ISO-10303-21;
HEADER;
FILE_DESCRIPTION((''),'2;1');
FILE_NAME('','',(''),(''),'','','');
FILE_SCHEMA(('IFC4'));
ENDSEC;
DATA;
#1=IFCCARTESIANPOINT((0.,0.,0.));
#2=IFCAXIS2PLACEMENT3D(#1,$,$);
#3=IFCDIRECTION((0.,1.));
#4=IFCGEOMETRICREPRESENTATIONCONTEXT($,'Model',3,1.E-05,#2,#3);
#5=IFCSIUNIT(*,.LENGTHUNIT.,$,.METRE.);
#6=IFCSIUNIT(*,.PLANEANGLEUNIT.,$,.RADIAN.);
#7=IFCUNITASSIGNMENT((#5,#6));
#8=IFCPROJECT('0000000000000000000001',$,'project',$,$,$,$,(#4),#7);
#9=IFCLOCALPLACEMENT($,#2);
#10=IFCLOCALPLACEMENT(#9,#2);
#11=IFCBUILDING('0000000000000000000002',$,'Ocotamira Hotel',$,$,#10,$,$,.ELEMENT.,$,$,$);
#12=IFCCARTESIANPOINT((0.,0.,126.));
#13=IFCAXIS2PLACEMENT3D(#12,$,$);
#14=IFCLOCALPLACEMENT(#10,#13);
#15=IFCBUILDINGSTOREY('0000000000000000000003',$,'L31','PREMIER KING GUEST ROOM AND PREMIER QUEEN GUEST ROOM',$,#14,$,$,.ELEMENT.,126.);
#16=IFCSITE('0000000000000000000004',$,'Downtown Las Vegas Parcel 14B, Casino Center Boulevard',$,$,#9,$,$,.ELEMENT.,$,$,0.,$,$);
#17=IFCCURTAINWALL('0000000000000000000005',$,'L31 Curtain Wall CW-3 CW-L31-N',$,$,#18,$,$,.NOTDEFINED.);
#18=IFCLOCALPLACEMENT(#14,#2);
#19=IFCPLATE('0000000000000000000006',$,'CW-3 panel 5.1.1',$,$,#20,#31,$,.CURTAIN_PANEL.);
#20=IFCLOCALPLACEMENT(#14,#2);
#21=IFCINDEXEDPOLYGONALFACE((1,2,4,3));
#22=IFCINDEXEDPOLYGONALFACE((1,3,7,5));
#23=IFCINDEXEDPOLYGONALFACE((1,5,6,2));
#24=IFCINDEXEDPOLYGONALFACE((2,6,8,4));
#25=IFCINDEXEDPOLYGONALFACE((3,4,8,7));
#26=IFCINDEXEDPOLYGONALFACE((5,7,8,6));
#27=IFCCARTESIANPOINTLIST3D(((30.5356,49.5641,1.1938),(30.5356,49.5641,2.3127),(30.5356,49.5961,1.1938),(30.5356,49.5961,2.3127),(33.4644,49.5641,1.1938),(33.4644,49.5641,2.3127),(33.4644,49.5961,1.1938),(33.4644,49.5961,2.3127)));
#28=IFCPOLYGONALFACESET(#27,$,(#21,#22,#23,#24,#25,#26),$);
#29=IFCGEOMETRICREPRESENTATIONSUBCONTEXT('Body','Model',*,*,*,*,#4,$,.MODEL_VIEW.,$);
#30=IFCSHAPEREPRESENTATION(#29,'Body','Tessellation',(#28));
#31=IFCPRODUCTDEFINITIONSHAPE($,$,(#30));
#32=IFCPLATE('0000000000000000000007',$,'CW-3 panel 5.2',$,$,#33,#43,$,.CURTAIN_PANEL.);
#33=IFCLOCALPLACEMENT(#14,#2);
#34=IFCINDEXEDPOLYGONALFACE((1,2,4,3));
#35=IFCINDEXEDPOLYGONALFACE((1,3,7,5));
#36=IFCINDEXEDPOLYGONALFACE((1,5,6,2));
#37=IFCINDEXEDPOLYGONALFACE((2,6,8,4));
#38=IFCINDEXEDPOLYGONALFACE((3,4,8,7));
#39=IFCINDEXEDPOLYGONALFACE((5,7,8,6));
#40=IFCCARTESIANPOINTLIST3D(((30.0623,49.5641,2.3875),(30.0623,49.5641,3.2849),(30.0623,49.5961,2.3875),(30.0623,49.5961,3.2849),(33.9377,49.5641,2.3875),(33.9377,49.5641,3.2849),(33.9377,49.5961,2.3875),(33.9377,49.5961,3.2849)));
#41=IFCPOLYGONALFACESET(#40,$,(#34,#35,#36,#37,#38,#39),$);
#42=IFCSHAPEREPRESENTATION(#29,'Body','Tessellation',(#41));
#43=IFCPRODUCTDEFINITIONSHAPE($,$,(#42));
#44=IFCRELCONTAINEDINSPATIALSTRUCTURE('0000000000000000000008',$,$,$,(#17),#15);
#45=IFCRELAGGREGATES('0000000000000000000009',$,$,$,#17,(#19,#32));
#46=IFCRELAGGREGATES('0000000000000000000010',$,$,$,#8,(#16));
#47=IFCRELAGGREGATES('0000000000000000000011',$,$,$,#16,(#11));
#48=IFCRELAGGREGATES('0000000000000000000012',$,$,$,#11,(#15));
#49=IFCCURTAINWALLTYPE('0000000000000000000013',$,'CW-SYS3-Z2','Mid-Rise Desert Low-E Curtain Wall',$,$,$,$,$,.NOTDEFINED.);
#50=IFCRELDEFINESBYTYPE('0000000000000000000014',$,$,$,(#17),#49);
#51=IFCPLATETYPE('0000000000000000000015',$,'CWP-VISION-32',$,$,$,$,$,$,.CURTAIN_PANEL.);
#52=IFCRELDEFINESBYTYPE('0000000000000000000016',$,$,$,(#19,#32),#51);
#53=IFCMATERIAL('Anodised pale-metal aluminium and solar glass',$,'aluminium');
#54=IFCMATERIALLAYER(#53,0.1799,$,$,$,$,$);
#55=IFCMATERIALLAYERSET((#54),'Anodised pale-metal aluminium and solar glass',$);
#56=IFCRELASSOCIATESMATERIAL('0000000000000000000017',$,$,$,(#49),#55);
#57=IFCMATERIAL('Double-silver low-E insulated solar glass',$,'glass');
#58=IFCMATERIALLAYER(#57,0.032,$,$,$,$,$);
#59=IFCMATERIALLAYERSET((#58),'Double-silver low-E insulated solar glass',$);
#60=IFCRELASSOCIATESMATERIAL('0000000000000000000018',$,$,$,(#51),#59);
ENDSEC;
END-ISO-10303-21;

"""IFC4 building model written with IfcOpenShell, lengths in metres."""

from ifc_helpers import new_model, si_unit, direction, frame, origin, origin_2d, place, context, subcontext, project, spatial, rectangle, extrude, source, transform, mapped, material, layer, layer_set, type_object, element, aggregate, save


model = new_model("IFC4")

# Units and contexts
model_context = context("Model", 3, precision=1e-05, world=origin(), true_north=direction((0.0, 1.0)))
body_context = subcontext(model_context, "Body", "Model", "MODEL_VIEW")
ifc_project = project(units=[si_unit("LENGTHUNIT", "METRE"), si_unit("PLANEANGLEUNIT", "RADIAN")], contexts=[model_context])

# Site, building, storey
site_placement = place(None, origin())
site = spatial("IfcSite", under=ifc_project, at=site_placement, Name="Downtown Las Vegas Parcel 14B, Casino Center Boulevard", CompositionType="ELEMENT", RefElevation=0.0)
building_placement = place(site_placement, origin())
building = spatial("IfcBuilding", under=site, at=building_placement, Name="Ocotamira Hotel", CompositionType="ELEMENT")
storey_placement = place(building_placement, frame((0.0, 0.0, 126.0)))
storey = spatial("IfcBuildingStorey", under=building, at=storey_placement, Name="L31", Description="PREMIER KING GUEST ROOM AND PREMIER QUEEN GUEST ROOM", CompositionType="ELEMENT", Elevation=126.0)

# Curtain wall
ifc_material_1 = material(Name="Anodised pale-metal aluminium and solar glass", Category="aluminium")
ifc_layer_1 = layer(ifc_material_1, 0.1799)
ifc_layer_set_1 = layer_set([ifc_layer_1], Name="Anodised pale-metal aluminium and solar glass")
curtain_wall_type = type_object("IfcCurtainWallType", Name="CW-SYS3-Z2", Description="Mid-Rise Desert Low-E Curtain Wall", PredefinedType="NOTDEFINED", material=ifc_layer_set_1)
curtain_wall_placement = place(storey_placement, origin())
curtain_wall = element("IfcCurtainWall", 1, at=curtain_wall_placement, inside=storey, type_object=curtain_wall_type, Name="L31 Curtain Wall CW-3 CW-L31-N", PredefinedType="NOTDEFINED")

# Plates
ifc_material_2 = material(Name="Double-silver low-E insulated solar glass", Category="glass")
ifc_layer_2 = layer(ifc_material_2, 0.032)
ifc_layer_set_2 = layer_set([ifc_layer_2], Name="Double-silver low-E insulated solar glass")
plate_type_1 = type_object("IfcPlateType", Name="CWP-VISION-32", PredefinedType="CURTAIN_PANEL", material=ifc_layer_set_2)
shared_shape_1 = source(origin(), body_context, "Body", "SweptSolid", [
    extrude(rectangle(XDim=2.9287, YDim=0.032, at=origin_2d()), origin(), (0.0, 0.0, 1.0), 1.1189),
])
plate_1_placement = place(storey_placement, frame((32.0, 49.5801, 1.1938), z_axis=(0.0, 0.0, 1.0), x_axis=(1.0, 0.0, 0.0)))
plate_1 = element("IfcPlate", 2, at=plate_1_placement, type_object=plate_type_1, Name="CW-3 panel 5.1.1", PredefinedType="CURTAIN_PANEL", context=body_context, shape_type="MappedRepresentation", body=[
    mapped(shared_shape_1, transform((0.0, 0.0, 0.0), scale=1.0)),
])
shared_shape_2 = source(origin(), body_context, "Body", "SweptSolid", [
    extrude(rectangle(XDim=3.8755, YDim=0.032, at=origin_2d()), origin(), (0.0, 0.0, 1.0), 0.8975),
])
plate_2_placement = place(storey_placement, frame((32.0, 49.5801, 2.3875), z_axis=(0.0, 0.0, 1.0), x_axis=(1.0, 0.0, 0.0)))
plate_2 = element("IfcPlate", 3, at=plate_2_placement, type_object=plate_type_1, Name="CW-3 panel 5.2", PredefinedType="CURTAIN_PANEL", context=body_context, shape_type="MappedRepresentation", body=[
    mapped(shared_shape_2, transform((0.0, 0.0, 0.0), scale=1.0)),
])
aggregate(curtain_wall, [plate_1, plate_2])

save(model, "model.ifc")
